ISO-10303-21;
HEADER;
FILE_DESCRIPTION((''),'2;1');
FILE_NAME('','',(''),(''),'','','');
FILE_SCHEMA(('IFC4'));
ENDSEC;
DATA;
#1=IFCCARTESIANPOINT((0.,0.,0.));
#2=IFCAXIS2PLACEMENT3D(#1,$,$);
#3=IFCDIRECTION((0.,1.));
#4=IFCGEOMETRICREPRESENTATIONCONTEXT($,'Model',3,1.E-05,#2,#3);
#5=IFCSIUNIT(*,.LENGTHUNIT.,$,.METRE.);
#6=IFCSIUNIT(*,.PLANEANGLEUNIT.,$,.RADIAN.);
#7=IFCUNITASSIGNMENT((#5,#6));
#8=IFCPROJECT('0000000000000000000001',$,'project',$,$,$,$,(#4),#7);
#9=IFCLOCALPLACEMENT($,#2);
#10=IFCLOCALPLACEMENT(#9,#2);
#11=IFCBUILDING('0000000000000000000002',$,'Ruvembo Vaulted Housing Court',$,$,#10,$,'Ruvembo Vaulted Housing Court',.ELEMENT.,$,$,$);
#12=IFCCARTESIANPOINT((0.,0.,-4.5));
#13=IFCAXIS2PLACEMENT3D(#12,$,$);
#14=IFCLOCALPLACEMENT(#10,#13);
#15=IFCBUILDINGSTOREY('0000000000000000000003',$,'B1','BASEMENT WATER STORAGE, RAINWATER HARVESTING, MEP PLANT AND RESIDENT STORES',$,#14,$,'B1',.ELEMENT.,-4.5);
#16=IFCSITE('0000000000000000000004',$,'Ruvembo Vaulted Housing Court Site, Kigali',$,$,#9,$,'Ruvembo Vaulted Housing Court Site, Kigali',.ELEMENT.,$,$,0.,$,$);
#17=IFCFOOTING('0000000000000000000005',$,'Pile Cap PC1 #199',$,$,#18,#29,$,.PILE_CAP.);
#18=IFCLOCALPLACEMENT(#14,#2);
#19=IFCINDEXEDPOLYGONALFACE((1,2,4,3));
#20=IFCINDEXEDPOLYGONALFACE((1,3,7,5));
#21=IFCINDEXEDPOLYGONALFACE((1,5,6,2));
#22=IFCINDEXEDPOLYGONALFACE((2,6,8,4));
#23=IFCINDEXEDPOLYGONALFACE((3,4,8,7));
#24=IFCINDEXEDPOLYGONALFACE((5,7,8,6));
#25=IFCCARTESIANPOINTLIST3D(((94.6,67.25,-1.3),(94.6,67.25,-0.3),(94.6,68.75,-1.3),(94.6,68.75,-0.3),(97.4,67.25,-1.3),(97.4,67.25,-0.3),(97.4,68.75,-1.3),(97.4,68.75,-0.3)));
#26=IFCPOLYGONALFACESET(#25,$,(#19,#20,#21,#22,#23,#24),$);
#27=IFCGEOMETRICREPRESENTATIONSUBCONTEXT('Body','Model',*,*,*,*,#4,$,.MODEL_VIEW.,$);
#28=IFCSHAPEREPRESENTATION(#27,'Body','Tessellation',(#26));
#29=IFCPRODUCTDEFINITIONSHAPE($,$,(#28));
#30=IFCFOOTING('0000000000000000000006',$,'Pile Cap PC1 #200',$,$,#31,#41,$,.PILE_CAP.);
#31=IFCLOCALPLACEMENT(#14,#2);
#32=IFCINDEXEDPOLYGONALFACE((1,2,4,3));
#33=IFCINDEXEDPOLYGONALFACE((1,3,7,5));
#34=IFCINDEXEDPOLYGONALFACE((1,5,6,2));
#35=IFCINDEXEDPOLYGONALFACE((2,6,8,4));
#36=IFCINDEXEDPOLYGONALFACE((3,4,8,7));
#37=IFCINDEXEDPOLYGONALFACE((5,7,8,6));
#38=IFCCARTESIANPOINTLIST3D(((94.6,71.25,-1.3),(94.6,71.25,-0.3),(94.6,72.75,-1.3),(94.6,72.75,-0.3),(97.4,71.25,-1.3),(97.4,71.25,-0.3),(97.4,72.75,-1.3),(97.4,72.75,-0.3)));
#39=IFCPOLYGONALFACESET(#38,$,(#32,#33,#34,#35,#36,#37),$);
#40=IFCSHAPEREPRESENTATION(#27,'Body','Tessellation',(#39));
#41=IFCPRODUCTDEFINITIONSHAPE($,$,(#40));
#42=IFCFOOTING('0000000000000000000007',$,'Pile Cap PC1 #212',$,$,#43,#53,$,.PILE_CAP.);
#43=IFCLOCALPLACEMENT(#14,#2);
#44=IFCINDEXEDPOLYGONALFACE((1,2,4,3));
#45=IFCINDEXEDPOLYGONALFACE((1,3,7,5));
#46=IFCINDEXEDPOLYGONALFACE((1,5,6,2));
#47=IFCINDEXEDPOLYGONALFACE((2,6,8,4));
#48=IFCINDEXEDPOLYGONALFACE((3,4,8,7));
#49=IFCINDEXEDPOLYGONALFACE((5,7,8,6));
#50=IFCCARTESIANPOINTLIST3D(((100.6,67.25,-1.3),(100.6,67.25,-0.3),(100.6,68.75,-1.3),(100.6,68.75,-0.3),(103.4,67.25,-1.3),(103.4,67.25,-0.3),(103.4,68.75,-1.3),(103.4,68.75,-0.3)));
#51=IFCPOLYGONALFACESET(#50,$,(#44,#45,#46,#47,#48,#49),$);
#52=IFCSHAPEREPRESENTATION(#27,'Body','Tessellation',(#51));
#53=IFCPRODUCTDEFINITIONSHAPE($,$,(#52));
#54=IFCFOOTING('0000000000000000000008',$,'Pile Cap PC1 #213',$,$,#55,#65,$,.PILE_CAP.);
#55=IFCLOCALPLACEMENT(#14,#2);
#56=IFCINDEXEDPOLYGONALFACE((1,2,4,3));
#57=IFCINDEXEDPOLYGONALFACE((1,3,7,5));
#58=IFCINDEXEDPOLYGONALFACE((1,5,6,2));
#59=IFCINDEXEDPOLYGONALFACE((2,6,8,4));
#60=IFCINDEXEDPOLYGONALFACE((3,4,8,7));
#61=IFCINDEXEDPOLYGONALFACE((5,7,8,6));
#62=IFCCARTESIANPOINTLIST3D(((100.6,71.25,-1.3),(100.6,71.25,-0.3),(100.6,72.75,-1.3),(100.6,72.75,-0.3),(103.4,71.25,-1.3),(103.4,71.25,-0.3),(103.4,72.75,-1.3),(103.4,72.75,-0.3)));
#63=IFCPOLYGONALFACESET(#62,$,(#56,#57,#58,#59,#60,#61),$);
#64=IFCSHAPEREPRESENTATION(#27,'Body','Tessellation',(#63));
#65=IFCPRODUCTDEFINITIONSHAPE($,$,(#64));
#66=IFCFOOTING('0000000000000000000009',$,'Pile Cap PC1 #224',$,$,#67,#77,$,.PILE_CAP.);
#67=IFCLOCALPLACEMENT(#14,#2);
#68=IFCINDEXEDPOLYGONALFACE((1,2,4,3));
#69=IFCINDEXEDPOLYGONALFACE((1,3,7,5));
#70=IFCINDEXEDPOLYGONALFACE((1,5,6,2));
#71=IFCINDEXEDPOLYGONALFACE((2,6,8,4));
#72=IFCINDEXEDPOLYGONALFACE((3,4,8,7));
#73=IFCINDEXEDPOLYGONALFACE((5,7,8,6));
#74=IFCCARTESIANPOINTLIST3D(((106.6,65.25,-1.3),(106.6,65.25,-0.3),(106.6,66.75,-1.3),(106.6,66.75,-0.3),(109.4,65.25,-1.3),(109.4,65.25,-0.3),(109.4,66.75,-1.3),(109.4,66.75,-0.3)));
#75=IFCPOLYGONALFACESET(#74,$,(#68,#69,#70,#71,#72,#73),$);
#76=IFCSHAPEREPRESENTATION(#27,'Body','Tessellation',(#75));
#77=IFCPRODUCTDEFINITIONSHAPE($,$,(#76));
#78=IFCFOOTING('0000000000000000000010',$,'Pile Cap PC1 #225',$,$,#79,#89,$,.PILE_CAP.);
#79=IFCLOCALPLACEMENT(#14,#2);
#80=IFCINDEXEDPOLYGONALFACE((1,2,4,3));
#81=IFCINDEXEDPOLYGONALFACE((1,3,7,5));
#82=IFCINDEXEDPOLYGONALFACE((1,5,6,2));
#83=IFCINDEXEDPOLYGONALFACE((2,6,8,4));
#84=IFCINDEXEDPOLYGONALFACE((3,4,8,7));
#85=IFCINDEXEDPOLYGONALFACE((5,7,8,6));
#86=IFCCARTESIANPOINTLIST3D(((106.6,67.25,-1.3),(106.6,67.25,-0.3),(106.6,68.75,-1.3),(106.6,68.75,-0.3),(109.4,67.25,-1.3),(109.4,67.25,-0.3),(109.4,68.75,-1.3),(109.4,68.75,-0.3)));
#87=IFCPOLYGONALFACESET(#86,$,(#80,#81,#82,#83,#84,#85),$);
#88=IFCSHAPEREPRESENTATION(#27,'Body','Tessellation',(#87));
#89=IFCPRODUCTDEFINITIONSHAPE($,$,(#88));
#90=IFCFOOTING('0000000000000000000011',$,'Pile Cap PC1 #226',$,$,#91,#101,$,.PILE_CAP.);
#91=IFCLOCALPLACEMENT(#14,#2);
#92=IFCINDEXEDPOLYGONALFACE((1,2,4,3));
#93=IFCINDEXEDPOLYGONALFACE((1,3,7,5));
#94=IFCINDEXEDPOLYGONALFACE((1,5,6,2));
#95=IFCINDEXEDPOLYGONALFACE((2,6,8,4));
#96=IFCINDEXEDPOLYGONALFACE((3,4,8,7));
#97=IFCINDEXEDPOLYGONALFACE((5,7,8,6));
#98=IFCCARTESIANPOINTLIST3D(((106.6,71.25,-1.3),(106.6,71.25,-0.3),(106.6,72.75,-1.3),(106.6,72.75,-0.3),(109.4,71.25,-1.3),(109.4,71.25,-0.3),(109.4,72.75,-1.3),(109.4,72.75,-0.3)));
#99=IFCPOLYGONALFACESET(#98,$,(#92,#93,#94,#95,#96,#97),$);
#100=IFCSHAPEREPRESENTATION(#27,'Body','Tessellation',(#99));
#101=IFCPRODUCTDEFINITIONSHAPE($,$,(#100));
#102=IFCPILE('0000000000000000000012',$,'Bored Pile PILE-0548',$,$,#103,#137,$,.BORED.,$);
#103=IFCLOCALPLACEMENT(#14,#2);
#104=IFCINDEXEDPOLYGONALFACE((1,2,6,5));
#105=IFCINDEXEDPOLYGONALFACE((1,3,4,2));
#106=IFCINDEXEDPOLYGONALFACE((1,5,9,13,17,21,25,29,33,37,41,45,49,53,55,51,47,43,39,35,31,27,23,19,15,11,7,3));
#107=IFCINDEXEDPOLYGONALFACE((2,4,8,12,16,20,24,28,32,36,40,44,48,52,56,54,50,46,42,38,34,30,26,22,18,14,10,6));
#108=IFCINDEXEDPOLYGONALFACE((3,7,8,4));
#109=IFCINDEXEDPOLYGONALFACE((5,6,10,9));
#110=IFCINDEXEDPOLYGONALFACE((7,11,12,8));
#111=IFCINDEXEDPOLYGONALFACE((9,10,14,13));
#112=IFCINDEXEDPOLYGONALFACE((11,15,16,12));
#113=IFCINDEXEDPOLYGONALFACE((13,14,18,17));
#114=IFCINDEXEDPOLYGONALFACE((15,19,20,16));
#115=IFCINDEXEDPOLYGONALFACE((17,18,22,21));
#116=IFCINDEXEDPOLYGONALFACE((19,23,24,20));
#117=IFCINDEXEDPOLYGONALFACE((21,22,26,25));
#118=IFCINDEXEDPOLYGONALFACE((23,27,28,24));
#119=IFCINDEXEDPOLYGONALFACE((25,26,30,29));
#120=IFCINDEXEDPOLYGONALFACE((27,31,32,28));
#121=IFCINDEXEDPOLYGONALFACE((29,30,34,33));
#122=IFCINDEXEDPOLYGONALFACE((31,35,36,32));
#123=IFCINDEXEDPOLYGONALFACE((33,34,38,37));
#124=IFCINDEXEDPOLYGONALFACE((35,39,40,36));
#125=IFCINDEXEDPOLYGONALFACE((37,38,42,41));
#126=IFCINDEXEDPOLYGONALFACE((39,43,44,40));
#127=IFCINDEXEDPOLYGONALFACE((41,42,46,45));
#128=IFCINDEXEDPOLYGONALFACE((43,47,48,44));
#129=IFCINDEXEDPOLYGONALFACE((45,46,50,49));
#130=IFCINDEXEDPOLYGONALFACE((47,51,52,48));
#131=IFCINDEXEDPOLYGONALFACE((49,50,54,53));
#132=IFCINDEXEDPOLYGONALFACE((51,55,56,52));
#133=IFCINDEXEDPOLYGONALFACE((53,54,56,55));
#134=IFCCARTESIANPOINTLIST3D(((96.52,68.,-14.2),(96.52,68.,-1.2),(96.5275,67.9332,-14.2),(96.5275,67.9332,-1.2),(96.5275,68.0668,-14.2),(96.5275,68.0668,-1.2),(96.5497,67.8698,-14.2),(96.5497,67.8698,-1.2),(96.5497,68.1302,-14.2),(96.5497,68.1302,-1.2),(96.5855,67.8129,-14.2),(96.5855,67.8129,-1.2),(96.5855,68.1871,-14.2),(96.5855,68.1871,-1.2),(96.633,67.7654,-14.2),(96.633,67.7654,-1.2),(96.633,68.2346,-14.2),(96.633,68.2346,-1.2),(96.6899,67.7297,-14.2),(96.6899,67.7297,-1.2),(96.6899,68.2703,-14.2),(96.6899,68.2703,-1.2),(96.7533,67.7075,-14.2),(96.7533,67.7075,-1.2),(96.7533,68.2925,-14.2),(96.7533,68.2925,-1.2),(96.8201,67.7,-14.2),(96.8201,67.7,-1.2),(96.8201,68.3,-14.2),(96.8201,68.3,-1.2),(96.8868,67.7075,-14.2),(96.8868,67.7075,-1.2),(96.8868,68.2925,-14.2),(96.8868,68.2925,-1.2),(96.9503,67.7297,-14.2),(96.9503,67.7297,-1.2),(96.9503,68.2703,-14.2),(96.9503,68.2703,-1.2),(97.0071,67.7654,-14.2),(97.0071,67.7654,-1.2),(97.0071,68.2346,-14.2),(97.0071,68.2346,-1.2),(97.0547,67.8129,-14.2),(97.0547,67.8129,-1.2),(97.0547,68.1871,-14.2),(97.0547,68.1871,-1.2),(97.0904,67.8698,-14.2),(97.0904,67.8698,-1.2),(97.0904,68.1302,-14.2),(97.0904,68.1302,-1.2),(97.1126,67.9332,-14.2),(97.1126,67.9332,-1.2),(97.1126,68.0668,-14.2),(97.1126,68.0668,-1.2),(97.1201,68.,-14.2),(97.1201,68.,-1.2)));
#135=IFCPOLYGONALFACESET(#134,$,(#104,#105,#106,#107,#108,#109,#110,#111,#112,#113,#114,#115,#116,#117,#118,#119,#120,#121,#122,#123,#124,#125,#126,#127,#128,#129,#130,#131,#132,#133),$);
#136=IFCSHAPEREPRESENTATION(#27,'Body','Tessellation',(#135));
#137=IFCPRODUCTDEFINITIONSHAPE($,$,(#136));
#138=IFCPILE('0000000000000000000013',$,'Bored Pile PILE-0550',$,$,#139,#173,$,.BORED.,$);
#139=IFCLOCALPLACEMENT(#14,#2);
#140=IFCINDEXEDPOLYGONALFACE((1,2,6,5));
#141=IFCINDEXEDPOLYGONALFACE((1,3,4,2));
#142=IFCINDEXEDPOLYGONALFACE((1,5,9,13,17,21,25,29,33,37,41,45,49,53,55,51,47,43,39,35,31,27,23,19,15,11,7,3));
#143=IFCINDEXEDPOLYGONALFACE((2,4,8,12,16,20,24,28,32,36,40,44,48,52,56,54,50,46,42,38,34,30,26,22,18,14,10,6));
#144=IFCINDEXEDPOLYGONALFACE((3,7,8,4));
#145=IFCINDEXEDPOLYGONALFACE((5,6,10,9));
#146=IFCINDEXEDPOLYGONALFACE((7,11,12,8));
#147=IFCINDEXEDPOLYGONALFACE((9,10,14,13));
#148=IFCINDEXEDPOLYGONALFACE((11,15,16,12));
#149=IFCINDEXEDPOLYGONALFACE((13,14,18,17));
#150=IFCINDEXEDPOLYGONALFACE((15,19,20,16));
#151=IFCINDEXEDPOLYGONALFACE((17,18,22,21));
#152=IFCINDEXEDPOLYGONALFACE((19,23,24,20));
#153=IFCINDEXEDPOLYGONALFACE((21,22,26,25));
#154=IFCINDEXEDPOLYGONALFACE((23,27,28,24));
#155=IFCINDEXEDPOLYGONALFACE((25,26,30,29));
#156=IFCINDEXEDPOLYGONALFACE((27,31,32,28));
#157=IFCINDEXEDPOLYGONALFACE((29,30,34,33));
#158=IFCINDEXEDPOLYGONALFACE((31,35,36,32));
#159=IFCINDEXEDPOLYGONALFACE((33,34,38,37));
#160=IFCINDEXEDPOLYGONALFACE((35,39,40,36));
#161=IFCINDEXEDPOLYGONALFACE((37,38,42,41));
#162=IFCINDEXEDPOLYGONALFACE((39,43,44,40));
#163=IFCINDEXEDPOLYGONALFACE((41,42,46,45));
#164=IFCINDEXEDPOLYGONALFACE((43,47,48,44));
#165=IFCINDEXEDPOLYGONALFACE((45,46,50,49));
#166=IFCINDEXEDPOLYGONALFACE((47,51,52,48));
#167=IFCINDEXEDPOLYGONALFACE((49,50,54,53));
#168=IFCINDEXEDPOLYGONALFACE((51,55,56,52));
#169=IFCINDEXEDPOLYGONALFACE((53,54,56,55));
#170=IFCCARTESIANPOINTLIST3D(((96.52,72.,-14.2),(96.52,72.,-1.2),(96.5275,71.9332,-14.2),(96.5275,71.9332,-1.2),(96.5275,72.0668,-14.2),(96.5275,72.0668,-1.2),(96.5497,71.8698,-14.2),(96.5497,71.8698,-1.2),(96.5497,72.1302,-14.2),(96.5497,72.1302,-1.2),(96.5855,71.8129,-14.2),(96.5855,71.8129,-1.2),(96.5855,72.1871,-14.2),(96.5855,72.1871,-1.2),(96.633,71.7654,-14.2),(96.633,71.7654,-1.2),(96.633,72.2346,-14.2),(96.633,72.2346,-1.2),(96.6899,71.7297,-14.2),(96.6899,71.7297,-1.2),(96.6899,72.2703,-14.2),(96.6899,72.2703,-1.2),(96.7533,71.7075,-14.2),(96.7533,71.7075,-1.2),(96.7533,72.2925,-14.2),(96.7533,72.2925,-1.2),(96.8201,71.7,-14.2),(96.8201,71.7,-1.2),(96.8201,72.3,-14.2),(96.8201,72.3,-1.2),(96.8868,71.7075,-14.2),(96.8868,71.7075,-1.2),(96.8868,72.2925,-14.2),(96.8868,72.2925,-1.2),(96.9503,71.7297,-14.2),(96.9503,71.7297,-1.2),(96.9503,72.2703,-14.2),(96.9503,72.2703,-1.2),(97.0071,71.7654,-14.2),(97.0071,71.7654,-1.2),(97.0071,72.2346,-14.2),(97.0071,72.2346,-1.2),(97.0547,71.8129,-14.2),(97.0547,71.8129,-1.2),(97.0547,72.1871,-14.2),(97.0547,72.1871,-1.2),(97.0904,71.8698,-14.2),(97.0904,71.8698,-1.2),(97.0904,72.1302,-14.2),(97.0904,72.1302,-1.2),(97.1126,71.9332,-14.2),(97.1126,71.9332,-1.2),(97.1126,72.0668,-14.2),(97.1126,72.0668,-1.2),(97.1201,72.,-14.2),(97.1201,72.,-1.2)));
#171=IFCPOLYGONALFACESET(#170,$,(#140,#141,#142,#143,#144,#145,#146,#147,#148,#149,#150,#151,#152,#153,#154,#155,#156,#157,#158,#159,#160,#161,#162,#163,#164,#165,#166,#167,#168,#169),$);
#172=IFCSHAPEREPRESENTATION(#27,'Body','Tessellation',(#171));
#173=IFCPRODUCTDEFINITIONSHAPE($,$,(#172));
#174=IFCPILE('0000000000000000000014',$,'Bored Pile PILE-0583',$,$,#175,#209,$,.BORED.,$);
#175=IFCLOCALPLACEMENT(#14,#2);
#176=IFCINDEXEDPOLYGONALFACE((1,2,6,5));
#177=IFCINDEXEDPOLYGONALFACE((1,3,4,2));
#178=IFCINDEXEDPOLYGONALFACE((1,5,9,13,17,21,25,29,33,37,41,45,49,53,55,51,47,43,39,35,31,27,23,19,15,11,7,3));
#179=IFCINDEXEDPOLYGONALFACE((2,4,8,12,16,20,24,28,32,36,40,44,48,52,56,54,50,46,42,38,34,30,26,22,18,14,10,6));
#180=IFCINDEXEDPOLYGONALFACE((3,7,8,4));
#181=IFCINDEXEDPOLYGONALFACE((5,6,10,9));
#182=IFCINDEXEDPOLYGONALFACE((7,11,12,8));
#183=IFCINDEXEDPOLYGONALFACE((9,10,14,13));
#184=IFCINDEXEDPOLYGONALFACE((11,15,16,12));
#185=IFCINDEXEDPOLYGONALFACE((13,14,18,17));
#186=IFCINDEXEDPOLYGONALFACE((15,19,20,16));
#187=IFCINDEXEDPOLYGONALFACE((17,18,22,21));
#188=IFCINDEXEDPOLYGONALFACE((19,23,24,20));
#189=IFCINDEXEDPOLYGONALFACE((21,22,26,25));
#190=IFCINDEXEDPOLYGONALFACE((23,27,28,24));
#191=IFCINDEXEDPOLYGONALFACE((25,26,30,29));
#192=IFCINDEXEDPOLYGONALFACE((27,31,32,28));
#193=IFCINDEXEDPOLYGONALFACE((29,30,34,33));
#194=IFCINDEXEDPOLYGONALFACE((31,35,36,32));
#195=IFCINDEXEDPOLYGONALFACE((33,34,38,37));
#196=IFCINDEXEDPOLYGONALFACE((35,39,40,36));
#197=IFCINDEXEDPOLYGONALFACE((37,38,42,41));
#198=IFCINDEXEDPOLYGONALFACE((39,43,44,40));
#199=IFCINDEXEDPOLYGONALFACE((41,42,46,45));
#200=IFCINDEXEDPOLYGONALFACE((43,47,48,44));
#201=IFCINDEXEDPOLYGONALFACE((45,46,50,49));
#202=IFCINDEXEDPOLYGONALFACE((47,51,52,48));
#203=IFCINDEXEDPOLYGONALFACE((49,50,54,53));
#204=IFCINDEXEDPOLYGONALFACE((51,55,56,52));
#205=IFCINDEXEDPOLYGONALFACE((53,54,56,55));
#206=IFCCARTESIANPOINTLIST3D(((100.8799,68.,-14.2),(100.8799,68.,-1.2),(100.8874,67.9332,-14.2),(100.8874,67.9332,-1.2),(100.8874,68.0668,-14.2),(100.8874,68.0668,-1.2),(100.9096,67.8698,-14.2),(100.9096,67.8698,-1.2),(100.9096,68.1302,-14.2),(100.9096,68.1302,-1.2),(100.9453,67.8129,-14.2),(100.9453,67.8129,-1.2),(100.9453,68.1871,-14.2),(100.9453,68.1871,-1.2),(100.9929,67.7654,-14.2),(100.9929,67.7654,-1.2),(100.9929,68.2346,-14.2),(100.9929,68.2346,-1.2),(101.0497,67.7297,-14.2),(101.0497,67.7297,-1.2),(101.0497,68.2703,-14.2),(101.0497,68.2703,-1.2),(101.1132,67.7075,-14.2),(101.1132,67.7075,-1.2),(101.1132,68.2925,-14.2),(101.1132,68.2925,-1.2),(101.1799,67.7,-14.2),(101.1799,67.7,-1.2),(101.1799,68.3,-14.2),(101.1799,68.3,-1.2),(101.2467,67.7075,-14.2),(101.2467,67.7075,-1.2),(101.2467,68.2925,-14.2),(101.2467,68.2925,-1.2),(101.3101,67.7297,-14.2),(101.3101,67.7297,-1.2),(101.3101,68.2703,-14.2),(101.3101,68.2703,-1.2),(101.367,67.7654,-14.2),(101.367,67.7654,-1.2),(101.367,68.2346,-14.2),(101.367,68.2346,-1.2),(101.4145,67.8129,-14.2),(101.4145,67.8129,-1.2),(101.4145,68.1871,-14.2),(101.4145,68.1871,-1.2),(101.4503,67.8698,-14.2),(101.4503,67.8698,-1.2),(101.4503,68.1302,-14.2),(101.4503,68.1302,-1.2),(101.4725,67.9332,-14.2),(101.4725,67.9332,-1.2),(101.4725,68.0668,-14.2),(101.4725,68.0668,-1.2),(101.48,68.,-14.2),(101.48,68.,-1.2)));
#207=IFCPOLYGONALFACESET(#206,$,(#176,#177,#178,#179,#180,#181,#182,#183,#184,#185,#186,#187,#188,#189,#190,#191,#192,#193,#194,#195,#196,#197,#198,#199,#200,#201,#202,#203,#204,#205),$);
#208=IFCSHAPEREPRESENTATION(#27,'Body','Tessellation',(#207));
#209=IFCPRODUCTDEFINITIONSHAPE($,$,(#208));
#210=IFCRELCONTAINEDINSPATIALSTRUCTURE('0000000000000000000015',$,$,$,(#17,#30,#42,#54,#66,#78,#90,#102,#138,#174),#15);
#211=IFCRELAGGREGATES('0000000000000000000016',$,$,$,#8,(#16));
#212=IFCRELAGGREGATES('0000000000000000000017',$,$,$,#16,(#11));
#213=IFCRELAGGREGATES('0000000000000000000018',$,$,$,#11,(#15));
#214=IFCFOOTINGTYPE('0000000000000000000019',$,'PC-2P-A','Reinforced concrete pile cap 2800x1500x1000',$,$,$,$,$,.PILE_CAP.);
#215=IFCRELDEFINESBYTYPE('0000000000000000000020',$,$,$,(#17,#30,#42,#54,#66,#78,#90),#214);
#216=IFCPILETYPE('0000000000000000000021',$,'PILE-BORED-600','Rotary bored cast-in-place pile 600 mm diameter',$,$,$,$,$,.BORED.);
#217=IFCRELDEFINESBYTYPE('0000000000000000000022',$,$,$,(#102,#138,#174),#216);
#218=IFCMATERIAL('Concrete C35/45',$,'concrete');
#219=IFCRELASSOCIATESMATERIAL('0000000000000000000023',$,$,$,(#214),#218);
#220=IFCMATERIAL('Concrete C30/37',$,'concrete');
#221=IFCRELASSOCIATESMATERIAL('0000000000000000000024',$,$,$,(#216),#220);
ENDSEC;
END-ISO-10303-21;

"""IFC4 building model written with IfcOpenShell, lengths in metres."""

from ifc_helpers import new_model, si_unit, direction, frame, origin, origin_2d, place, context, subcontext, project, spatial, rectangle, circle, extrude, material, material_profile, profile_set, type_object, element, save


model = new_model("IFC4")

# Units and contexts
model_context = context("Model", 3, precision=1e-05, world=origin(), true_north=direction((0.0, 1.0)))
body_context = subcontext(model_context, "Body", "Model", "MODEL_VIEW")
ifc_project = project(units=[si_unit("LENGTHUNIT", "METRE"), si_unit("PLANEANGLEUNIT", "RADIAN")], contexts=[model_context])

# Site, building, storey
site_placement = place(None, origin())
site = spatial("IfcSite", under=ifc_project, at=site_placement, Name="Ruvembo Vaulted Housing Court Site, Kigali", LongName="Ruvembo Vaulted Housing Court Site, Kigali", CompositionType="ELEMENT", RefElevation=0.0)
building_placement = place(site_placement, origin())
building = spatial("IfcBuilding", under=site, at=building_placement, Name="Ruvembo Vaulted Housing Court", LongName="Ruvembo Vaulted Housing Court", CompositionType="ELEMENT")
storey_placement = place(building_placement, frame((0.0, 0.0, -4.5)))
storey = spatial("IfcBuildingStorey", under=building, at=storey_placement, Name="B1", Description="BASEMENT WATER STORAGE, RAINWATER HARVESTING, MEP PLANT AND RESIDENT STORES", LongName="B1", CompositionType="ELEMENT", Elevation=-4.5)

# Footings
ifc_material_1 = material(Name="Concrete C35/45", Category="concrete")
footing_type = type_object("IfcFootingType", Name="PC-2P-A", Description="Reinforced concrete pile cap 2800x1500x1000", PredefinedType="PILE_CAP", material=ifc_material_1)
for number, where, z_axis, x_axis, name in (
    (1, (96.0, 68.0, -1.3), (0.0, 0.0, 1.0), (1.0, 0.0, 0.0), "Pile Cap PC1 #199"),
    (2, (96.0, 72.0, -1.3), (0.0, 0.0, 1.0), (1.0, 0.0, 0.0), "Pile Cap PC1 #200"),
    (3, (102.0, 68.0, -1.3), (0.0, 0.0, 1.0), (1.0, 0.0, 0.0), "Pile Cap PC1 #212"),
    (4, (102.0, 72.0, -1.3), (0.0, 0.0, 1.0), (1.0, 0.0, 0.0), "Pile Cap PC1 #213"),
    (5, (108.0, 66.0, -1.3), (0.0, 0.0, 1.0), (1.0, 0.0, 0.0), "Pile Cap PC1 #224"),
    (6, (108.0, 68.0, -1.3), (0.0, 0.0, 1.0), (1.0, 0.0, 0.0), "Pile Cap PC1 #225"),
    (7, (108.0, 72.0, -1.3), (0.0, 0.0, 1.0), (1.0, 0.0, 0.0), "Pile Cap PC1 #226"),
):
    element("IfcFooting", number, at=place(storey_placement, frame(where, z_axis=z_axis, x_axis=x_axis)), inside=storey, type_object=footing_type, Name=name, PredefinedType="PILE_CAP", context=body_context, shape_type="SweptSolid", body=[
        extrude(rectangle(XDim=2.8, YDim=1.5, at=origin_2d()), origin(), (0.0, 0.0, 1.0), 1.0),
    ])

# Piles
ifc_material_2 = material(Name="Concrete C30/37", Category="concrete")
ifc_material_profile_1 = material_profile(ifc_material_2, circle(Radius=0.3, at=origin_2d()), Name="PILE D600")
ifc_profile_set_1 = profile_set([ifc_material_profile_1], Name="Concrete C30/37")
pile_type = type_object("IfcPileType", Name="PILE-BORED-600", Description="Rotary bored cast-in-place pile 600 mm diameter", PredefinedType="BORED", material=ifc_profile_set_1)
for number, where, z_axis, x_axis, name in (
    (8, (96.8201, 68.0, -1.2), (0.0, 0.0, -1.0), (1.0, 0.0, 0.0), "Bored Pile PILE-0548"),
    (9, (96.8201, 72.0, -1.2), (0.0, 0.0, -1.0), (1.0, 0.0, 0.0), "Bored Pile PILE-0550"),
    (10, (101.1799, 68.0, -1.2), (0.0, 0.0, -1.0), (1.0, 0.0, 0.0), "Bored Pile PILE-0583"),
):
    element("IfcPile", number, at=place(storey_placement, frame(where, z_axis=z_axis, x_axis=x_axis)), inside=storey, type_object=pile_type, Name=name, PredefinedType="BORED", context=body_context, shape_type="SweptSolid", body=[
        extrude(circle(Radius=0.3, at=origin_2d()), origin(), (0.0, 0.0, 1.0), 13.0),
    ])

save(model, "model.ifc")
